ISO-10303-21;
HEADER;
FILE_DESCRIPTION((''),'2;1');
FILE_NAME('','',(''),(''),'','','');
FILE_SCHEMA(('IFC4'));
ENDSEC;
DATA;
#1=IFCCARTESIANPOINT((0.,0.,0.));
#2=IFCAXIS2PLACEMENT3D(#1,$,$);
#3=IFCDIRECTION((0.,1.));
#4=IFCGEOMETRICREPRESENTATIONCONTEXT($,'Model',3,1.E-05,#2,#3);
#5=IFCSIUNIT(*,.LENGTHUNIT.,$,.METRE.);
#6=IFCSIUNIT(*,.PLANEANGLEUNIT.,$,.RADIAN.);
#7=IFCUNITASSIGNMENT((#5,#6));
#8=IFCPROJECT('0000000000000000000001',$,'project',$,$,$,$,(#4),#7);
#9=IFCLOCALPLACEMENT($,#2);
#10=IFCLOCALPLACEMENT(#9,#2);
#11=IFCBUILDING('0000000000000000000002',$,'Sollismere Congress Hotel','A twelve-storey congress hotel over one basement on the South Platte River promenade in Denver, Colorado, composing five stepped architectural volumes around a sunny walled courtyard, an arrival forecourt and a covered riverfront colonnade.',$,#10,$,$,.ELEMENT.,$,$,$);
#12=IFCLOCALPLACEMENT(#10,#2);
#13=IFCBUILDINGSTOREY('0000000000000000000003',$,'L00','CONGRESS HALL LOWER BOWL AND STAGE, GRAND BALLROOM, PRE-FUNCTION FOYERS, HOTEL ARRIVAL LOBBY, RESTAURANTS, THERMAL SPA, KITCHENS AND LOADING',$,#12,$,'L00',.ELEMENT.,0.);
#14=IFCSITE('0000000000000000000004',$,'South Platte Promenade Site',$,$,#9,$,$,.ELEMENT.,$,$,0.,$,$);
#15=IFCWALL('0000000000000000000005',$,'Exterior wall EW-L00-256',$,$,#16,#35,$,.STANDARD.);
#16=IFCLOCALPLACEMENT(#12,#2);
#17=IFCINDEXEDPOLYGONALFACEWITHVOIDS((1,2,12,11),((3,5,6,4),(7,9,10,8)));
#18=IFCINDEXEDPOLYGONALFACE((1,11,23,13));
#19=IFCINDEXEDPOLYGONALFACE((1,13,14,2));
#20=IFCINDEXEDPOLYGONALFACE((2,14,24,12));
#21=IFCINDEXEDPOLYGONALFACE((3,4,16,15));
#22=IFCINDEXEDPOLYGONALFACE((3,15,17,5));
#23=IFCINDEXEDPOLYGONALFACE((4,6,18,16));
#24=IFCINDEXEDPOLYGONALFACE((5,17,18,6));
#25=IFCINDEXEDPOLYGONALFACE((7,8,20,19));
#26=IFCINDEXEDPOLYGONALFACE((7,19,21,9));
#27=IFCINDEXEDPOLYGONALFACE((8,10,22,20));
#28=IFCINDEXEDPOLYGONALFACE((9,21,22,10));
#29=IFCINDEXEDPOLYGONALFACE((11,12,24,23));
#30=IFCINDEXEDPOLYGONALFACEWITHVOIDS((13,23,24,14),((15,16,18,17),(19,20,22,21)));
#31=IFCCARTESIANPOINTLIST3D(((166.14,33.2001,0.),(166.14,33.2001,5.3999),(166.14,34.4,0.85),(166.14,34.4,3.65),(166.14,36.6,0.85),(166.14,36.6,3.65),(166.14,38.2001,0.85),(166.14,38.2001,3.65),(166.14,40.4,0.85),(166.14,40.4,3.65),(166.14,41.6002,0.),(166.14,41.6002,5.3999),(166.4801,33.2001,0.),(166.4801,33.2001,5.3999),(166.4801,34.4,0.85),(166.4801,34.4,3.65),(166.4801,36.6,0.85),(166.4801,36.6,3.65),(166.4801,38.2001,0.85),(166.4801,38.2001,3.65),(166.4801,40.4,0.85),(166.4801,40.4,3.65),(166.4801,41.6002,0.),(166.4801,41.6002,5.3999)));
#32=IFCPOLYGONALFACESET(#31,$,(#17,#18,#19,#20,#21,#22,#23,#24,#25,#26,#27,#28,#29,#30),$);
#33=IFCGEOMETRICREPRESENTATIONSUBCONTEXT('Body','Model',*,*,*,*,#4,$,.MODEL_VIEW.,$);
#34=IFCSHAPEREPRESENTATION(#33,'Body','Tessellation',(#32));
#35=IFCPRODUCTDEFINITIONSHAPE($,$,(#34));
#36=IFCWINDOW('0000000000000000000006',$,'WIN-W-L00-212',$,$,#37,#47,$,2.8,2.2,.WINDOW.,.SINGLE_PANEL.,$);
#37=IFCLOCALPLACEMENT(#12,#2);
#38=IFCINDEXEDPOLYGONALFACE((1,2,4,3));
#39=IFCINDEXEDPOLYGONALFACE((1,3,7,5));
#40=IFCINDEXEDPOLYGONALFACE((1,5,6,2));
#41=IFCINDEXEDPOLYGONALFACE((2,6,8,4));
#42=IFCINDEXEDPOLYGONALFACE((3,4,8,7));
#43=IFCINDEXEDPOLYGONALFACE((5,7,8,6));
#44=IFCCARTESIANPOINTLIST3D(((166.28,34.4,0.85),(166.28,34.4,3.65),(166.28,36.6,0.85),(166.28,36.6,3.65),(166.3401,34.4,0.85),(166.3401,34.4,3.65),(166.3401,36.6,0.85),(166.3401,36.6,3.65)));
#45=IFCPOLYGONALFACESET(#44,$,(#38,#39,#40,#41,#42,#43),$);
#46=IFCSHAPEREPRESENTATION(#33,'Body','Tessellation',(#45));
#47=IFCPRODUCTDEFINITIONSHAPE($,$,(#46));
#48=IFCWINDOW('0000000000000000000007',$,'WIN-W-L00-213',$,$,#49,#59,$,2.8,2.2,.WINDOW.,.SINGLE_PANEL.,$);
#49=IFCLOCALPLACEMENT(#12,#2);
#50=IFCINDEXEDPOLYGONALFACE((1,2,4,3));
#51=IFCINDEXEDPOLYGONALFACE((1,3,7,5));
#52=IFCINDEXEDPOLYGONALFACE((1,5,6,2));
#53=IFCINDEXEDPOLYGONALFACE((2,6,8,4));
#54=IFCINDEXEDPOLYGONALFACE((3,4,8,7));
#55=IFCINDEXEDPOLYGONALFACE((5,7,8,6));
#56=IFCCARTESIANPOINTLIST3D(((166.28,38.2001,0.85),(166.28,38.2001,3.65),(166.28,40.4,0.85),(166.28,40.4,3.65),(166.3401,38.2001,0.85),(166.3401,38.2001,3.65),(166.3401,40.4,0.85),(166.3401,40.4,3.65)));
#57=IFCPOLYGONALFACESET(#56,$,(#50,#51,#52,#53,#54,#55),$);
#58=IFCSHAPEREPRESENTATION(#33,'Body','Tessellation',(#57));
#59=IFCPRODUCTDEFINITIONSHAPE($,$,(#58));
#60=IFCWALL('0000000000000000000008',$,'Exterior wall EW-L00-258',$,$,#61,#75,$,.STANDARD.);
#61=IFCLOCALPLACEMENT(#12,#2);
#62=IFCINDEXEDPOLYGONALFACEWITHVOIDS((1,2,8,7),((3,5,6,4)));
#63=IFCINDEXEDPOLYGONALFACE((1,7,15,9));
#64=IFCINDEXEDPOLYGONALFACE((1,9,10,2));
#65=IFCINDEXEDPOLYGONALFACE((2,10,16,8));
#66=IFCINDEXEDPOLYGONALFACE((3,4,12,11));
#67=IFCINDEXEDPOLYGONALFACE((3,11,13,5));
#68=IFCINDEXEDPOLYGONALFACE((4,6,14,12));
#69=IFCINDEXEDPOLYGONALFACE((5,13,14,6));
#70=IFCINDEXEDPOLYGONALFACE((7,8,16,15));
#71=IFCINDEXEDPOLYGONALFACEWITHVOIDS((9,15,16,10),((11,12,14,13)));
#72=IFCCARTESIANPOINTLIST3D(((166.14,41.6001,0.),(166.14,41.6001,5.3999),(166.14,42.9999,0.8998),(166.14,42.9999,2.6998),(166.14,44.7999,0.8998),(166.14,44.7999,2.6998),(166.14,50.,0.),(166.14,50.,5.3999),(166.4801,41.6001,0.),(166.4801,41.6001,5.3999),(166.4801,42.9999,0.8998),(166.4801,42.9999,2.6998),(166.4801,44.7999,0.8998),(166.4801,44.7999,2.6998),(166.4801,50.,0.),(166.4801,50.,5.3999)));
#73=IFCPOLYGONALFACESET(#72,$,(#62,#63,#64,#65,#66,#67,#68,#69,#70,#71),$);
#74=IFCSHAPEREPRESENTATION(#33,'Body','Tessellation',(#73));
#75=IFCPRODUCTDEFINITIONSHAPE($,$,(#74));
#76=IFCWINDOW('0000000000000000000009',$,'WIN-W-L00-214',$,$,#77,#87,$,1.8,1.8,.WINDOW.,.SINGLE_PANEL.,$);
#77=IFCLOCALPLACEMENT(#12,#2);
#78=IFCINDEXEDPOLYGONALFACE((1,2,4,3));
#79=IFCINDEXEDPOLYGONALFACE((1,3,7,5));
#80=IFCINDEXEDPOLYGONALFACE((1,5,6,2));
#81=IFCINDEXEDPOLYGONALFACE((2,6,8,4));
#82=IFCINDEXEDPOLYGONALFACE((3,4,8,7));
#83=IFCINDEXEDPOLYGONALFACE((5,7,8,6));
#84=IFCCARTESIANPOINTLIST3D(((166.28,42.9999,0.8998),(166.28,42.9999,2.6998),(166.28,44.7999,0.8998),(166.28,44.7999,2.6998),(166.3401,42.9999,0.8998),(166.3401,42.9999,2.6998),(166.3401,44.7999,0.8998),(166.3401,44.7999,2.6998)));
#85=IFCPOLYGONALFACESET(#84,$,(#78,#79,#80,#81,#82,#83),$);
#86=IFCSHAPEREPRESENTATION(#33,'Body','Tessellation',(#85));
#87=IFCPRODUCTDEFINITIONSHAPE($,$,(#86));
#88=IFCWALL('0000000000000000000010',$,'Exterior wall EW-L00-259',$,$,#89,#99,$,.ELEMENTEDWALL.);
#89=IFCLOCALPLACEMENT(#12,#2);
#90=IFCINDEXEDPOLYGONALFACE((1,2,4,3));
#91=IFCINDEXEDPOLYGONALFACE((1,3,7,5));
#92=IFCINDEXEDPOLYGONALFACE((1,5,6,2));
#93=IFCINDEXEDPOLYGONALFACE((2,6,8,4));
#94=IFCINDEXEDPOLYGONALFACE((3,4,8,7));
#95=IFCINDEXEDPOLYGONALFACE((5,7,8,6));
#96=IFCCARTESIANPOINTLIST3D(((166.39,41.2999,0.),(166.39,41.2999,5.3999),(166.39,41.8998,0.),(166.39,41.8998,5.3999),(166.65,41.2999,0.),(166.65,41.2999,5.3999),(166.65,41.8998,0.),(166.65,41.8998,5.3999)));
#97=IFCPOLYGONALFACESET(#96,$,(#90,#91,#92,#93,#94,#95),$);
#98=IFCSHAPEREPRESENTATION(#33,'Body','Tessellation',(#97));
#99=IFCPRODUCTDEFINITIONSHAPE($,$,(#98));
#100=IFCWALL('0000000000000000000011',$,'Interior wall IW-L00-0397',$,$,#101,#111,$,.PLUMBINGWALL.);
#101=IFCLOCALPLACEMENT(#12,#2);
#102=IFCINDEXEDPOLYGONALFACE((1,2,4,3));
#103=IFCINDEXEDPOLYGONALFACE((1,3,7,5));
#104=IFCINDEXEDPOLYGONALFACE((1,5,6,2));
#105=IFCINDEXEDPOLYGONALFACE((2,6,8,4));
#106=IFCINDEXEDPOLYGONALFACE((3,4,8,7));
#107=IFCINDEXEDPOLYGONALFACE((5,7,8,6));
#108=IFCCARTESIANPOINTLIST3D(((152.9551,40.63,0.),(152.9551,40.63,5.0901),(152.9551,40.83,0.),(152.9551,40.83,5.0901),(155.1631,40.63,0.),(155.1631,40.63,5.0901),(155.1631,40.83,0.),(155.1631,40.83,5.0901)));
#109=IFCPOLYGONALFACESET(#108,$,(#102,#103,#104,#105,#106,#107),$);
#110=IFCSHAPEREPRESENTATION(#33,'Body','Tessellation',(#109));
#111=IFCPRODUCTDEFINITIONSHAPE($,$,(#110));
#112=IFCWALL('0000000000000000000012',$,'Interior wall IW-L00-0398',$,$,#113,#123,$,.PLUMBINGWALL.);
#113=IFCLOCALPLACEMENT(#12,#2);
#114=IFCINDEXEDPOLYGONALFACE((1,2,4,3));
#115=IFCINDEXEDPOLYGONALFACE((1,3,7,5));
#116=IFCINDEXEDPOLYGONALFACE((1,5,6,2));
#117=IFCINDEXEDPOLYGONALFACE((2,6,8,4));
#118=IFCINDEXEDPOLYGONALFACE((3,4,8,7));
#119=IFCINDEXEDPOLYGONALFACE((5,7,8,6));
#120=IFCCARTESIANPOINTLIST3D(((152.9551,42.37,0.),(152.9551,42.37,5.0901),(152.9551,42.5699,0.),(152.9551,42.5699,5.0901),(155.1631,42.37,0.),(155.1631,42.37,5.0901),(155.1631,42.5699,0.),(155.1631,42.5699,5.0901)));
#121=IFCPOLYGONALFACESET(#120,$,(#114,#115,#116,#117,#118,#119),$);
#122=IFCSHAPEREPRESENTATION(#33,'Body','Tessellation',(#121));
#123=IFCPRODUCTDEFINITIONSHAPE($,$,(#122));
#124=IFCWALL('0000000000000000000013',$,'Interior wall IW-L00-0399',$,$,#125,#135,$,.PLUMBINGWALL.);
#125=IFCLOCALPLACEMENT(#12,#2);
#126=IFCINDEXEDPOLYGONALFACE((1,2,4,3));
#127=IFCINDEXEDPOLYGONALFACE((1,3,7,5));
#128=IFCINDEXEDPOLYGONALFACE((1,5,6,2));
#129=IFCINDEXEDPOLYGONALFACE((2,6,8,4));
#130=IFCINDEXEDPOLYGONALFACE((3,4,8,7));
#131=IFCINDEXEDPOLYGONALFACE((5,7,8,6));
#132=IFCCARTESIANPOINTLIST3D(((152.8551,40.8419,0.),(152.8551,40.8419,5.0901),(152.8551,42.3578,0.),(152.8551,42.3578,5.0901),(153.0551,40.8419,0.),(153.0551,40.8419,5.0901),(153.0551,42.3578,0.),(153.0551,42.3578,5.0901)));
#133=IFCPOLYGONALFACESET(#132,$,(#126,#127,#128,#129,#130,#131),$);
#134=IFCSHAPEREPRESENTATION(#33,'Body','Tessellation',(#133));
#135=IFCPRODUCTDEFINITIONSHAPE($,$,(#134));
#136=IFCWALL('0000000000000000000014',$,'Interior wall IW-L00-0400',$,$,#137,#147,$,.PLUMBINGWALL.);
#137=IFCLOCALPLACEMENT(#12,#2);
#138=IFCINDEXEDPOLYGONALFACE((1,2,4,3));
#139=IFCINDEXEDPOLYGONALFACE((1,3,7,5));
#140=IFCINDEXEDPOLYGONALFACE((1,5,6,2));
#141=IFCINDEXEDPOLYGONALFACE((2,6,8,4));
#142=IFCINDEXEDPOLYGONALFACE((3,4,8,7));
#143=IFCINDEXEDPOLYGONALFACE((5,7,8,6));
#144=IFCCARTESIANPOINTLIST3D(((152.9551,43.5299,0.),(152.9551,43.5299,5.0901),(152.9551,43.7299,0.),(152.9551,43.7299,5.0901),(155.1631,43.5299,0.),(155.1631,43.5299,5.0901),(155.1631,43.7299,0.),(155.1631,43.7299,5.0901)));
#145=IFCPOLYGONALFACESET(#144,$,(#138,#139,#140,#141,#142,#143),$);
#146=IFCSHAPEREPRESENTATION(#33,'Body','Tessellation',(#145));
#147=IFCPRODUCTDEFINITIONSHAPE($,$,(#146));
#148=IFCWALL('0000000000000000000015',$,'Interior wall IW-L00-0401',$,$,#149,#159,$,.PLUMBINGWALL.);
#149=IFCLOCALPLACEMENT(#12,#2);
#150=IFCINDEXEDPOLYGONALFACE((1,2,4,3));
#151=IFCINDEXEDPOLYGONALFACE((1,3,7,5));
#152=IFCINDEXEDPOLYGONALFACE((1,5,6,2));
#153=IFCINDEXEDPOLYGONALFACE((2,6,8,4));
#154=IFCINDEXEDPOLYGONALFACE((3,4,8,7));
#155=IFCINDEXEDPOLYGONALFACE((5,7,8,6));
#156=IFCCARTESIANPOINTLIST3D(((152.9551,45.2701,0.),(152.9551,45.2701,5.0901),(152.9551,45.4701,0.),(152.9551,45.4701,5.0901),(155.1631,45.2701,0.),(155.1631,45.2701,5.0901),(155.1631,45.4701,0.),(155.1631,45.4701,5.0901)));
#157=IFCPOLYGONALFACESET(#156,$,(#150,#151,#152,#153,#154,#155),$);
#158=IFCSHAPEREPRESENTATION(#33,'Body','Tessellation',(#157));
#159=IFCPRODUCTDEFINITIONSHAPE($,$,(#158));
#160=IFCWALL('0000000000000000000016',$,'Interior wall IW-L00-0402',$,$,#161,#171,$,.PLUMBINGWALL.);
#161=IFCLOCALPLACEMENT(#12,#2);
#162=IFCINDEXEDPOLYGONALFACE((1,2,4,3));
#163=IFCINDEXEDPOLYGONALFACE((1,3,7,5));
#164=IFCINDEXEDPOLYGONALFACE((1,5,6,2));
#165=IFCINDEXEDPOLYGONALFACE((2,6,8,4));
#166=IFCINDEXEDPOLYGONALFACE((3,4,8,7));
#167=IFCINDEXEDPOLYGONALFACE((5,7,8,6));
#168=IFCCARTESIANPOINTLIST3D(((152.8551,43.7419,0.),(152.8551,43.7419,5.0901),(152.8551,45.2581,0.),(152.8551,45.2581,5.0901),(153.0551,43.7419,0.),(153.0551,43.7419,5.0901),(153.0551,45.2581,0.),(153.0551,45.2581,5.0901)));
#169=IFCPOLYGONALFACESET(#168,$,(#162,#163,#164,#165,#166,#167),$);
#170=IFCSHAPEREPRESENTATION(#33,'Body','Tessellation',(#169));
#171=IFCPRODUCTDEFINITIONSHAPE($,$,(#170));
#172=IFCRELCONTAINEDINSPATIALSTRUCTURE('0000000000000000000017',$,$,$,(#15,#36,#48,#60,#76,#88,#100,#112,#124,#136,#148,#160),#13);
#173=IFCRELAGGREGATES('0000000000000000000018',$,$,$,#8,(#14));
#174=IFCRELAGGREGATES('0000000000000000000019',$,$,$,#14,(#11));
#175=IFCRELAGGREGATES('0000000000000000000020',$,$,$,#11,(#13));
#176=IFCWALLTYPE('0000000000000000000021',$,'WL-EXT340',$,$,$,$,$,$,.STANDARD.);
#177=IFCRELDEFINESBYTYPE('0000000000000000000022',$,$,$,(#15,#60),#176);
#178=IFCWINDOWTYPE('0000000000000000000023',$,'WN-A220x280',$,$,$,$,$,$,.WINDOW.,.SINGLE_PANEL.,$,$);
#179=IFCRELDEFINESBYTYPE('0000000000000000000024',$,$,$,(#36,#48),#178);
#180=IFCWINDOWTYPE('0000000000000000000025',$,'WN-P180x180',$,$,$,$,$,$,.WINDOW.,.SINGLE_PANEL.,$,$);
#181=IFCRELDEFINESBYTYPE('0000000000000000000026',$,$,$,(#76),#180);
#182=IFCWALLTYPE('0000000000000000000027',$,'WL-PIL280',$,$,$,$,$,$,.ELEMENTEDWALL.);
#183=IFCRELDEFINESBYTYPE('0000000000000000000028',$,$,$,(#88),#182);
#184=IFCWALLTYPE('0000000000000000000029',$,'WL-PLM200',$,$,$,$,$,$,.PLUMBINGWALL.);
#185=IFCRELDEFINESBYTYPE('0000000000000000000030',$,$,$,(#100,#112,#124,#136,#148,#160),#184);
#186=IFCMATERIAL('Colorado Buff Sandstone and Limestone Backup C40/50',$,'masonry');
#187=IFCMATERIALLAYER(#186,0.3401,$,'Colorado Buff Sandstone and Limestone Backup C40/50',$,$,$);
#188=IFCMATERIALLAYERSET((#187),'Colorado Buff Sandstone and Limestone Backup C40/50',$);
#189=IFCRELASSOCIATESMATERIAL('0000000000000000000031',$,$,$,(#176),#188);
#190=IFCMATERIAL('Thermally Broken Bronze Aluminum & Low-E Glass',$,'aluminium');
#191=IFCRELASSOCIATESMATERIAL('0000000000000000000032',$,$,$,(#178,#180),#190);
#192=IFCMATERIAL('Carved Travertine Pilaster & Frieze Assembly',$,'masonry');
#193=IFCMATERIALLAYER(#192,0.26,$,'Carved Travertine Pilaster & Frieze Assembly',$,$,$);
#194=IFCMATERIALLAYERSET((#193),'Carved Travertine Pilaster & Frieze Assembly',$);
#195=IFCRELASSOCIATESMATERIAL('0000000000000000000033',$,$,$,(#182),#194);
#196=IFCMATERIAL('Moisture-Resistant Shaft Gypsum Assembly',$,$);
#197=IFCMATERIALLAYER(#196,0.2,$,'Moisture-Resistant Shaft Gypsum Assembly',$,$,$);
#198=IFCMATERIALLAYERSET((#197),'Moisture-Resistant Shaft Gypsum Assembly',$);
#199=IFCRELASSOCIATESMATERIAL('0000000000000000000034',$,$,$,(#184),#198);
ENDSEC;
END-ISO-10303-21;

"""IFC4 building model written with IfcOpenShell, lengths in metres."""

from ifc_helpers import new_model, si_unit, direction, frame, frame_2d, origin, place, context, subcontext, project, spatial, rectangle, extrude, material, layer, layer_set, type_object, element, fill, save


model = new_model("IFC4")

# Units and contexts
model_context = context("Model", 3, precision=1e-05, world=origin(), true_north=direction((0.0, 1.0)))
body_context = subcontext(model_context, "Body", "Model", "MODEL_VIEW")
ifc_project = project(units=[si_unit("LENGTHUNIT", "METRE"), si_unit("PLANEANGLEUNIT", "RADIAN")], contexts=[model_context])

# Site, building, storey
site_placement = place(None, origin())
site = spatial("IfcSite", under=ifc_project, at=site_placement, Name="South Platte Promenade Site", CompositionType="ELEMENT", RefElevation=0.0)
building_placement = place(site_placement, origin())
building = spatial("IfcBuilding", under=site, at=building_placement, Name="Sollismere Congress Hotel", Description="A twelve-storey congress hotel over one basement on the South Platte River promenade in Denver, Colorado, composing five stepped architectural volumes around a sunny walled courtyard, an arrival forecourt and a covered riverfront colonnade.", CompositionType="ELEMENT")
storey_placement = place(building_placement, origin())
storey = spatial("IfcBuildingStorey", under=building, at=storey_placement, Name="L00", Description="CONGRESS HALL LOWER BOWL AND STAGE, GRAND BALLROOM, PRE-FUNCTION FOYERS, HOTEL ARRIVAL LOBBY, RESTAURANTS, THERMAL SPA, KITCHENS AND LOADING", LongName="L00", CompositionType="ELEMENT", Elevation=0.0)

# Wall, openings, windows
ifc_material_1 = material(Name="Colorado Buff Sandstone and Limestone Backup C40/50", Category="masonry")
ifc_layer_1 = layer(ifc_material_1, 0.3401, Name="Colorado Buff Sandstone and Limestone Backup C40/50")
ifc_layer_set_1 = layer_set([ifc_layer_1], Name="Colorado Buff Sandstone and Limestone Backup C40/50")
wall_type_1 = type_object("IfcWallType", Name="WL-EXT340", PredefinedType="STANDARD", material=ifc_layer_set_1)
wall_1_placement = place(storey_placement, frame((166.3101, 33.2, 0.0), z_axis=(0.0, 0.0, 1.0), x_axis=(0.0, 1.0, 0.0)))
wall_1 = element("IfcWall", 1, at=wall_1_placement, inside=storey, type_object=wall_type_1, Name="Exterior wall EW-L00-256", PredefinedType="STANDARD", context=body_context, shape_type="SweptSolid", body=[
    extrude(rectangle(XDim=8.4001, YDim=0.3401, at=frame_2d((4.2002, 0.0))), origin(), (0.0, 0.0, 1.0), 5.3999),
])
opening_1_placement = place(wall_1_placement, frame((1.2, 0.0, 0.8501)))
opening_1 = element("IfcOpeningElement", 2, at=opening_1_placement, cuts=wall_1, PredefinedType="OPENING", context=body_context, shape_type="SweptSolid", body=[
    extrude(rectangle(XDim=2.2, YDim=2.8, at=frame_2d((1.1001, 1.3999))), frame((0.0, 0.1799, 0.0), z_axis=(0.0, -1.0, 0.0), x_axis=(1.0, 0.0, 0.0)), (0.0, 0.0, 1.0), 0.3601),
])
opening_2_placement = place(wall_1_placement, frame((5.0, 0.0, 0.8501)))
opening_2 = element("IfcOpeningElement", 3, at=opening_2_placement, cuts=wall_1, PredefinedType="OPENING", context=body_context, shape_type="SweptSolid", body=[
    extrude(rectangle(XDim=2.2, YDim=2.8, at=frame_2d((1.1001, 1.3999))), frame((0.0, 0.1799, 0.0), z_axis=(0.0, -1.0, 0.0), x_axis=(1.0, 0.0, 0.0)), (0.0, 0.0, 1.0), 0.3601),
])
ifc_material_2 = material(Name="Thermally Broken Bronze Aluminum & Low-E Glass", Category="aluminium")
window_type_1 = type_object("IfcWindowType", Name="WN-A220x280", PartitioningType="SINGLE_PANEL", PredefinedType="WINDOW", material=ifc_material_2)
window_1_placement = place(opening_1_placement, origin())
window_1 = element("IfcWindow", 4, at=window_1_placement, inside=storey, type_object=window_type_1, Name="WIN-W-L00-212", OverallHeight=2.8, OverallWidth=2.2, PartitioningType="SINGLE_PANEL", PredefinedType="WINDOW", context=body_context, shape_type="SweptSolid", body=[
    extrude(rectangle(XDim=2.2, YDim=2.8, at=frame_2d((1.1001, 1.3999))), frame((0.0, 0.03, 0.0), z_axis=(0.0, -1.0, 0.0), x_axis=(1.0, 0.0, 0.0)), (0.0, 0.0, 1.0), 0.0601),
])
fill(opening_1, window_1)
window_2_placement = place(opening_2_placement, origin())
window_2 = element("IfcWindow", 5, at=window_2_placement, inside=storey, type_object=window_type_1, Name="WIN-W-L00-213", OverallHeight=2.8, OverallWidth=2.2, PartitioningType="SINGLE_PANEL", PredefinedType="WINDOW", context=body_context, shape_type="SweptSolid", body=[
    extrude(rectangle(XDim=2.2, YDim=2.8, at=frame_2d((1.1001, 1.3999))), frame((0.0, 0.03, 0.0), z_axis=(0.0, -1.0, 0.0), x_axis=(1.0, 0.0, 0.0)), (0.0, 0.0, 1.0), 0.0601),
])
fill(opening_2, window_2)

# Wall, opening, window
wall_2_placement = place(storey_placement, frame((166.3101, 41.6001, 0.0), z_axis=(0.0, 0.0, 1.0), x_axis=(0.0, 1.0, 0.0)))
wall_2 = element("IfcWall", 6, at=wall_2_placement, inside=storey, type_object=wall_type_1, Name="Exterior wall EW-L00-258", PredefinedType="STANDARD", context=body_context, shape_type="SweptSolid", body=[
    extrude(rectangle(XDim=8.3999, YDim=0.3401, at=frame_2d((4.2, 0.0))), origin(), (0.0, 0.0, 1.0), 5.3999),
])
opening_3_placement = place(wall_2_placement, frame((1.3999, 0.0, 0.8999)))
opening_3 = element("IfcOpeningElement", 7, at=opening_3_placement, cuts=wall_2, PredefinedType="OPENING", context=body_context, shape_type="SweptSolid", body=[
    extrude(rectangle(XDim=1.8, YDim=1.8, at=frame_2d((0.8999, 0.8999))), frame((0.0, 0.1799, 0.0), z_axis=(0.0, -1.0, 0.0), x_axis=(1.0, 0.0, 0.0)), (0.0, 0.0, 1.0), 0.3601),
])
window_type_2 = type_object("IfcWindowType", Name="WN-P180x180", PartitioningType="SINGLE_PANEL", PredefinedType="WINDOW", material=ifc_material_2)
window_3_placement = place(opening_3_placement, origin())
window_3 = element("IfcWindow", 8, at=window_3_placement, inside=storey, type_object=window_type_2, Name="WIN-W-L00-214", OverallHeight=1.8, OverallWidth=1.8, PartitioningType="SINGLE_PANEL", PredefinedType="WINDOW", context=body_context, shape_type="SweptSolid", body=[
    extrude(rectangle(XDim=1.8, YDim=1.8, at=frame_2d((0.8999, 0.8999))), frame((0.0, 0.03, 0.0), z_axis=(0.0, -1.0, 0.0), x_axis=(1.0, 0.0, 0.0)), (0.0, 0.0, 1.0), 0.0601),
])
fill(opening_3, window_3)

# Walls
ifc_material_3 = material(Name="Carved Travertine Pilaster & Frieze Assembly", Category="masonry")
ifc_layer_2 = layer(ifc_material_3, 0.26, Name="Carved Travertine Pilaster & Frieze Assembly")
ifc_layer_set_2 = layer_set([ifc_layer_2], Name="Carved Travertine Pilaster & Frieze Assembly")
wall_type_2 = type_object("IfcWallType", Name="WL-PIL280", PredefinedType="ELEMENTEDWALL", material=ifc_layer_set_2)
wall_3_placement = place(storey_placement, frame((166.52, 41.3, 0.0), z_axis=(0.0, 0.0, 1.0), x_axis=(0.0, 1.0, 0.0)))
element("IfcWall", 9, at=wall_3_placement, inside=storey, type_object=wall_type_2, Name="Exterior wall EW-L00-259", PredefinedType="ELEMENTEDWALL", context=body_context, shape_type="SweptSolid", body=[
    extrude(rectangle(XDim=0.5999, YDim=0.26, at=frame_2d((0.2998, 0.0))), origin(), (0.0, 0.0, 1.0), 5.3999),
])
ifc_material_4 = material(Name="Moisture-Resistant Shaft Gypsum Assembly")
ifc_layer_3 = layer(ifc_material_4, 0.2, Name="Moisture-Resistant Shaft Gypsum Assembly")
ifc_layer_set_3 = layer_set([ifc_layer_3], Name="Moisture-Resistant Shaft Gypsum Assembly")
wall_type_3 = type_object("IfcWallType", Name="WL-PLM200", PredefinedType="PLUMBINGWALL", material=ifc_layer_set_3)
for number, where, z_axis, x_axis, name in (
    (10, (152.9551, 40.73, 0.0), (0.0, 0.0, 1.0), (1.0, 0.0, 0.0), "Interior wall IW-L00-0397"),
    (11, (152.9551, 42.47, 0.0), (0.0, 0.0, 1.0), (1.0, 0.0, 0.0), "Interior wall IW-L00-0398"),
):
    element("IfcWall", number, at=place(storey_placement, frame(where, z_axis=z_axis, x_axis=x_axis)), inside=storey, type_object=wall_type_3, Name=name, PredefinedType="PLUMBINGWALL", context=body_context, shape_type="SweptSolid", body=[
        extrude(rectangle(XDim=2.208, YDim=0.2, at=frame_2d((1.104, 0.0))), origin(), (0.0, 0.0, 1.0), 5.0901),
    ])
wall_4_placement = place(storey_placement, frame((152.9551, 40.842, 0.0), z_axis=(0.0, 0.0, 1.0), x_axis=(0.0, 1.0, 0.0)))
element("IfcWall", 12, at=wall_4_placement, inside=storey, type_object=wall_type_3, Name="Interior wall IW-L00-0399", PredefinedType="PLUMBINGWALL", context=body_context, shape_type="SweptSolid", body=[
    extrude(rectangle(XDim=1.5159, YDim=0.2, at=frame_2d((0.7578, 0.0))), origin(), (0.0, 0.0, 1.0), 5.0901),
])
for number, where, z_axis, x_axis, name in (
    (13, (152.9551, 43.6299, 0.0), (0.0, 0.0, 1.0), (1.0, 0.0, 0.0), "Interior wall IW-L00-0400"),
    (14, (152.9551, 45.3701, 0.0), (0.0, 0.0, 1.0), (1.0, 0.0, 0.0), "Interior wall IW-L00-0401"),
):
    element("IfcWall", number, at=place(storey_placement, frame(where, z_axis=z_axis, x_axis=x_axis)), inside=storey, type_object=wall_type_3, Name=name, PredefinedType="PLUMBINGWALL", context=body_context, shape_type="SweptSolid", body=[
        extrude(rectangle(XDim=2.208, YDim=0.2, at=frame_2d((1.104, 0.0))), origin(), (0.0, 0.0, 1.0), 5.0901),
    ])
wall_5_placement = place(storey_placement, frame((152.9551, 43.7419, 0.0), z_axis=(0.0, 0.0, 1.0), x_axis=(0.0, 1.0, 0.0)))
element("IfcWall", 15, at=wall_5_placement, inside=storey, type_object=wall_type_3, Name="Interior wall IW-L00-0402", PredefinedType="PLUMBINGWALL", context=body_context, shape_type="SweptSolid", body=[
    extrude(rectangle(XDim=1.5161, YDim=0.2, at=frame_2d((0.7581, 0.0))), origin(), (0.0, 0.0, 1.0), 5.0901),
])

save(model, "model.ifc")
